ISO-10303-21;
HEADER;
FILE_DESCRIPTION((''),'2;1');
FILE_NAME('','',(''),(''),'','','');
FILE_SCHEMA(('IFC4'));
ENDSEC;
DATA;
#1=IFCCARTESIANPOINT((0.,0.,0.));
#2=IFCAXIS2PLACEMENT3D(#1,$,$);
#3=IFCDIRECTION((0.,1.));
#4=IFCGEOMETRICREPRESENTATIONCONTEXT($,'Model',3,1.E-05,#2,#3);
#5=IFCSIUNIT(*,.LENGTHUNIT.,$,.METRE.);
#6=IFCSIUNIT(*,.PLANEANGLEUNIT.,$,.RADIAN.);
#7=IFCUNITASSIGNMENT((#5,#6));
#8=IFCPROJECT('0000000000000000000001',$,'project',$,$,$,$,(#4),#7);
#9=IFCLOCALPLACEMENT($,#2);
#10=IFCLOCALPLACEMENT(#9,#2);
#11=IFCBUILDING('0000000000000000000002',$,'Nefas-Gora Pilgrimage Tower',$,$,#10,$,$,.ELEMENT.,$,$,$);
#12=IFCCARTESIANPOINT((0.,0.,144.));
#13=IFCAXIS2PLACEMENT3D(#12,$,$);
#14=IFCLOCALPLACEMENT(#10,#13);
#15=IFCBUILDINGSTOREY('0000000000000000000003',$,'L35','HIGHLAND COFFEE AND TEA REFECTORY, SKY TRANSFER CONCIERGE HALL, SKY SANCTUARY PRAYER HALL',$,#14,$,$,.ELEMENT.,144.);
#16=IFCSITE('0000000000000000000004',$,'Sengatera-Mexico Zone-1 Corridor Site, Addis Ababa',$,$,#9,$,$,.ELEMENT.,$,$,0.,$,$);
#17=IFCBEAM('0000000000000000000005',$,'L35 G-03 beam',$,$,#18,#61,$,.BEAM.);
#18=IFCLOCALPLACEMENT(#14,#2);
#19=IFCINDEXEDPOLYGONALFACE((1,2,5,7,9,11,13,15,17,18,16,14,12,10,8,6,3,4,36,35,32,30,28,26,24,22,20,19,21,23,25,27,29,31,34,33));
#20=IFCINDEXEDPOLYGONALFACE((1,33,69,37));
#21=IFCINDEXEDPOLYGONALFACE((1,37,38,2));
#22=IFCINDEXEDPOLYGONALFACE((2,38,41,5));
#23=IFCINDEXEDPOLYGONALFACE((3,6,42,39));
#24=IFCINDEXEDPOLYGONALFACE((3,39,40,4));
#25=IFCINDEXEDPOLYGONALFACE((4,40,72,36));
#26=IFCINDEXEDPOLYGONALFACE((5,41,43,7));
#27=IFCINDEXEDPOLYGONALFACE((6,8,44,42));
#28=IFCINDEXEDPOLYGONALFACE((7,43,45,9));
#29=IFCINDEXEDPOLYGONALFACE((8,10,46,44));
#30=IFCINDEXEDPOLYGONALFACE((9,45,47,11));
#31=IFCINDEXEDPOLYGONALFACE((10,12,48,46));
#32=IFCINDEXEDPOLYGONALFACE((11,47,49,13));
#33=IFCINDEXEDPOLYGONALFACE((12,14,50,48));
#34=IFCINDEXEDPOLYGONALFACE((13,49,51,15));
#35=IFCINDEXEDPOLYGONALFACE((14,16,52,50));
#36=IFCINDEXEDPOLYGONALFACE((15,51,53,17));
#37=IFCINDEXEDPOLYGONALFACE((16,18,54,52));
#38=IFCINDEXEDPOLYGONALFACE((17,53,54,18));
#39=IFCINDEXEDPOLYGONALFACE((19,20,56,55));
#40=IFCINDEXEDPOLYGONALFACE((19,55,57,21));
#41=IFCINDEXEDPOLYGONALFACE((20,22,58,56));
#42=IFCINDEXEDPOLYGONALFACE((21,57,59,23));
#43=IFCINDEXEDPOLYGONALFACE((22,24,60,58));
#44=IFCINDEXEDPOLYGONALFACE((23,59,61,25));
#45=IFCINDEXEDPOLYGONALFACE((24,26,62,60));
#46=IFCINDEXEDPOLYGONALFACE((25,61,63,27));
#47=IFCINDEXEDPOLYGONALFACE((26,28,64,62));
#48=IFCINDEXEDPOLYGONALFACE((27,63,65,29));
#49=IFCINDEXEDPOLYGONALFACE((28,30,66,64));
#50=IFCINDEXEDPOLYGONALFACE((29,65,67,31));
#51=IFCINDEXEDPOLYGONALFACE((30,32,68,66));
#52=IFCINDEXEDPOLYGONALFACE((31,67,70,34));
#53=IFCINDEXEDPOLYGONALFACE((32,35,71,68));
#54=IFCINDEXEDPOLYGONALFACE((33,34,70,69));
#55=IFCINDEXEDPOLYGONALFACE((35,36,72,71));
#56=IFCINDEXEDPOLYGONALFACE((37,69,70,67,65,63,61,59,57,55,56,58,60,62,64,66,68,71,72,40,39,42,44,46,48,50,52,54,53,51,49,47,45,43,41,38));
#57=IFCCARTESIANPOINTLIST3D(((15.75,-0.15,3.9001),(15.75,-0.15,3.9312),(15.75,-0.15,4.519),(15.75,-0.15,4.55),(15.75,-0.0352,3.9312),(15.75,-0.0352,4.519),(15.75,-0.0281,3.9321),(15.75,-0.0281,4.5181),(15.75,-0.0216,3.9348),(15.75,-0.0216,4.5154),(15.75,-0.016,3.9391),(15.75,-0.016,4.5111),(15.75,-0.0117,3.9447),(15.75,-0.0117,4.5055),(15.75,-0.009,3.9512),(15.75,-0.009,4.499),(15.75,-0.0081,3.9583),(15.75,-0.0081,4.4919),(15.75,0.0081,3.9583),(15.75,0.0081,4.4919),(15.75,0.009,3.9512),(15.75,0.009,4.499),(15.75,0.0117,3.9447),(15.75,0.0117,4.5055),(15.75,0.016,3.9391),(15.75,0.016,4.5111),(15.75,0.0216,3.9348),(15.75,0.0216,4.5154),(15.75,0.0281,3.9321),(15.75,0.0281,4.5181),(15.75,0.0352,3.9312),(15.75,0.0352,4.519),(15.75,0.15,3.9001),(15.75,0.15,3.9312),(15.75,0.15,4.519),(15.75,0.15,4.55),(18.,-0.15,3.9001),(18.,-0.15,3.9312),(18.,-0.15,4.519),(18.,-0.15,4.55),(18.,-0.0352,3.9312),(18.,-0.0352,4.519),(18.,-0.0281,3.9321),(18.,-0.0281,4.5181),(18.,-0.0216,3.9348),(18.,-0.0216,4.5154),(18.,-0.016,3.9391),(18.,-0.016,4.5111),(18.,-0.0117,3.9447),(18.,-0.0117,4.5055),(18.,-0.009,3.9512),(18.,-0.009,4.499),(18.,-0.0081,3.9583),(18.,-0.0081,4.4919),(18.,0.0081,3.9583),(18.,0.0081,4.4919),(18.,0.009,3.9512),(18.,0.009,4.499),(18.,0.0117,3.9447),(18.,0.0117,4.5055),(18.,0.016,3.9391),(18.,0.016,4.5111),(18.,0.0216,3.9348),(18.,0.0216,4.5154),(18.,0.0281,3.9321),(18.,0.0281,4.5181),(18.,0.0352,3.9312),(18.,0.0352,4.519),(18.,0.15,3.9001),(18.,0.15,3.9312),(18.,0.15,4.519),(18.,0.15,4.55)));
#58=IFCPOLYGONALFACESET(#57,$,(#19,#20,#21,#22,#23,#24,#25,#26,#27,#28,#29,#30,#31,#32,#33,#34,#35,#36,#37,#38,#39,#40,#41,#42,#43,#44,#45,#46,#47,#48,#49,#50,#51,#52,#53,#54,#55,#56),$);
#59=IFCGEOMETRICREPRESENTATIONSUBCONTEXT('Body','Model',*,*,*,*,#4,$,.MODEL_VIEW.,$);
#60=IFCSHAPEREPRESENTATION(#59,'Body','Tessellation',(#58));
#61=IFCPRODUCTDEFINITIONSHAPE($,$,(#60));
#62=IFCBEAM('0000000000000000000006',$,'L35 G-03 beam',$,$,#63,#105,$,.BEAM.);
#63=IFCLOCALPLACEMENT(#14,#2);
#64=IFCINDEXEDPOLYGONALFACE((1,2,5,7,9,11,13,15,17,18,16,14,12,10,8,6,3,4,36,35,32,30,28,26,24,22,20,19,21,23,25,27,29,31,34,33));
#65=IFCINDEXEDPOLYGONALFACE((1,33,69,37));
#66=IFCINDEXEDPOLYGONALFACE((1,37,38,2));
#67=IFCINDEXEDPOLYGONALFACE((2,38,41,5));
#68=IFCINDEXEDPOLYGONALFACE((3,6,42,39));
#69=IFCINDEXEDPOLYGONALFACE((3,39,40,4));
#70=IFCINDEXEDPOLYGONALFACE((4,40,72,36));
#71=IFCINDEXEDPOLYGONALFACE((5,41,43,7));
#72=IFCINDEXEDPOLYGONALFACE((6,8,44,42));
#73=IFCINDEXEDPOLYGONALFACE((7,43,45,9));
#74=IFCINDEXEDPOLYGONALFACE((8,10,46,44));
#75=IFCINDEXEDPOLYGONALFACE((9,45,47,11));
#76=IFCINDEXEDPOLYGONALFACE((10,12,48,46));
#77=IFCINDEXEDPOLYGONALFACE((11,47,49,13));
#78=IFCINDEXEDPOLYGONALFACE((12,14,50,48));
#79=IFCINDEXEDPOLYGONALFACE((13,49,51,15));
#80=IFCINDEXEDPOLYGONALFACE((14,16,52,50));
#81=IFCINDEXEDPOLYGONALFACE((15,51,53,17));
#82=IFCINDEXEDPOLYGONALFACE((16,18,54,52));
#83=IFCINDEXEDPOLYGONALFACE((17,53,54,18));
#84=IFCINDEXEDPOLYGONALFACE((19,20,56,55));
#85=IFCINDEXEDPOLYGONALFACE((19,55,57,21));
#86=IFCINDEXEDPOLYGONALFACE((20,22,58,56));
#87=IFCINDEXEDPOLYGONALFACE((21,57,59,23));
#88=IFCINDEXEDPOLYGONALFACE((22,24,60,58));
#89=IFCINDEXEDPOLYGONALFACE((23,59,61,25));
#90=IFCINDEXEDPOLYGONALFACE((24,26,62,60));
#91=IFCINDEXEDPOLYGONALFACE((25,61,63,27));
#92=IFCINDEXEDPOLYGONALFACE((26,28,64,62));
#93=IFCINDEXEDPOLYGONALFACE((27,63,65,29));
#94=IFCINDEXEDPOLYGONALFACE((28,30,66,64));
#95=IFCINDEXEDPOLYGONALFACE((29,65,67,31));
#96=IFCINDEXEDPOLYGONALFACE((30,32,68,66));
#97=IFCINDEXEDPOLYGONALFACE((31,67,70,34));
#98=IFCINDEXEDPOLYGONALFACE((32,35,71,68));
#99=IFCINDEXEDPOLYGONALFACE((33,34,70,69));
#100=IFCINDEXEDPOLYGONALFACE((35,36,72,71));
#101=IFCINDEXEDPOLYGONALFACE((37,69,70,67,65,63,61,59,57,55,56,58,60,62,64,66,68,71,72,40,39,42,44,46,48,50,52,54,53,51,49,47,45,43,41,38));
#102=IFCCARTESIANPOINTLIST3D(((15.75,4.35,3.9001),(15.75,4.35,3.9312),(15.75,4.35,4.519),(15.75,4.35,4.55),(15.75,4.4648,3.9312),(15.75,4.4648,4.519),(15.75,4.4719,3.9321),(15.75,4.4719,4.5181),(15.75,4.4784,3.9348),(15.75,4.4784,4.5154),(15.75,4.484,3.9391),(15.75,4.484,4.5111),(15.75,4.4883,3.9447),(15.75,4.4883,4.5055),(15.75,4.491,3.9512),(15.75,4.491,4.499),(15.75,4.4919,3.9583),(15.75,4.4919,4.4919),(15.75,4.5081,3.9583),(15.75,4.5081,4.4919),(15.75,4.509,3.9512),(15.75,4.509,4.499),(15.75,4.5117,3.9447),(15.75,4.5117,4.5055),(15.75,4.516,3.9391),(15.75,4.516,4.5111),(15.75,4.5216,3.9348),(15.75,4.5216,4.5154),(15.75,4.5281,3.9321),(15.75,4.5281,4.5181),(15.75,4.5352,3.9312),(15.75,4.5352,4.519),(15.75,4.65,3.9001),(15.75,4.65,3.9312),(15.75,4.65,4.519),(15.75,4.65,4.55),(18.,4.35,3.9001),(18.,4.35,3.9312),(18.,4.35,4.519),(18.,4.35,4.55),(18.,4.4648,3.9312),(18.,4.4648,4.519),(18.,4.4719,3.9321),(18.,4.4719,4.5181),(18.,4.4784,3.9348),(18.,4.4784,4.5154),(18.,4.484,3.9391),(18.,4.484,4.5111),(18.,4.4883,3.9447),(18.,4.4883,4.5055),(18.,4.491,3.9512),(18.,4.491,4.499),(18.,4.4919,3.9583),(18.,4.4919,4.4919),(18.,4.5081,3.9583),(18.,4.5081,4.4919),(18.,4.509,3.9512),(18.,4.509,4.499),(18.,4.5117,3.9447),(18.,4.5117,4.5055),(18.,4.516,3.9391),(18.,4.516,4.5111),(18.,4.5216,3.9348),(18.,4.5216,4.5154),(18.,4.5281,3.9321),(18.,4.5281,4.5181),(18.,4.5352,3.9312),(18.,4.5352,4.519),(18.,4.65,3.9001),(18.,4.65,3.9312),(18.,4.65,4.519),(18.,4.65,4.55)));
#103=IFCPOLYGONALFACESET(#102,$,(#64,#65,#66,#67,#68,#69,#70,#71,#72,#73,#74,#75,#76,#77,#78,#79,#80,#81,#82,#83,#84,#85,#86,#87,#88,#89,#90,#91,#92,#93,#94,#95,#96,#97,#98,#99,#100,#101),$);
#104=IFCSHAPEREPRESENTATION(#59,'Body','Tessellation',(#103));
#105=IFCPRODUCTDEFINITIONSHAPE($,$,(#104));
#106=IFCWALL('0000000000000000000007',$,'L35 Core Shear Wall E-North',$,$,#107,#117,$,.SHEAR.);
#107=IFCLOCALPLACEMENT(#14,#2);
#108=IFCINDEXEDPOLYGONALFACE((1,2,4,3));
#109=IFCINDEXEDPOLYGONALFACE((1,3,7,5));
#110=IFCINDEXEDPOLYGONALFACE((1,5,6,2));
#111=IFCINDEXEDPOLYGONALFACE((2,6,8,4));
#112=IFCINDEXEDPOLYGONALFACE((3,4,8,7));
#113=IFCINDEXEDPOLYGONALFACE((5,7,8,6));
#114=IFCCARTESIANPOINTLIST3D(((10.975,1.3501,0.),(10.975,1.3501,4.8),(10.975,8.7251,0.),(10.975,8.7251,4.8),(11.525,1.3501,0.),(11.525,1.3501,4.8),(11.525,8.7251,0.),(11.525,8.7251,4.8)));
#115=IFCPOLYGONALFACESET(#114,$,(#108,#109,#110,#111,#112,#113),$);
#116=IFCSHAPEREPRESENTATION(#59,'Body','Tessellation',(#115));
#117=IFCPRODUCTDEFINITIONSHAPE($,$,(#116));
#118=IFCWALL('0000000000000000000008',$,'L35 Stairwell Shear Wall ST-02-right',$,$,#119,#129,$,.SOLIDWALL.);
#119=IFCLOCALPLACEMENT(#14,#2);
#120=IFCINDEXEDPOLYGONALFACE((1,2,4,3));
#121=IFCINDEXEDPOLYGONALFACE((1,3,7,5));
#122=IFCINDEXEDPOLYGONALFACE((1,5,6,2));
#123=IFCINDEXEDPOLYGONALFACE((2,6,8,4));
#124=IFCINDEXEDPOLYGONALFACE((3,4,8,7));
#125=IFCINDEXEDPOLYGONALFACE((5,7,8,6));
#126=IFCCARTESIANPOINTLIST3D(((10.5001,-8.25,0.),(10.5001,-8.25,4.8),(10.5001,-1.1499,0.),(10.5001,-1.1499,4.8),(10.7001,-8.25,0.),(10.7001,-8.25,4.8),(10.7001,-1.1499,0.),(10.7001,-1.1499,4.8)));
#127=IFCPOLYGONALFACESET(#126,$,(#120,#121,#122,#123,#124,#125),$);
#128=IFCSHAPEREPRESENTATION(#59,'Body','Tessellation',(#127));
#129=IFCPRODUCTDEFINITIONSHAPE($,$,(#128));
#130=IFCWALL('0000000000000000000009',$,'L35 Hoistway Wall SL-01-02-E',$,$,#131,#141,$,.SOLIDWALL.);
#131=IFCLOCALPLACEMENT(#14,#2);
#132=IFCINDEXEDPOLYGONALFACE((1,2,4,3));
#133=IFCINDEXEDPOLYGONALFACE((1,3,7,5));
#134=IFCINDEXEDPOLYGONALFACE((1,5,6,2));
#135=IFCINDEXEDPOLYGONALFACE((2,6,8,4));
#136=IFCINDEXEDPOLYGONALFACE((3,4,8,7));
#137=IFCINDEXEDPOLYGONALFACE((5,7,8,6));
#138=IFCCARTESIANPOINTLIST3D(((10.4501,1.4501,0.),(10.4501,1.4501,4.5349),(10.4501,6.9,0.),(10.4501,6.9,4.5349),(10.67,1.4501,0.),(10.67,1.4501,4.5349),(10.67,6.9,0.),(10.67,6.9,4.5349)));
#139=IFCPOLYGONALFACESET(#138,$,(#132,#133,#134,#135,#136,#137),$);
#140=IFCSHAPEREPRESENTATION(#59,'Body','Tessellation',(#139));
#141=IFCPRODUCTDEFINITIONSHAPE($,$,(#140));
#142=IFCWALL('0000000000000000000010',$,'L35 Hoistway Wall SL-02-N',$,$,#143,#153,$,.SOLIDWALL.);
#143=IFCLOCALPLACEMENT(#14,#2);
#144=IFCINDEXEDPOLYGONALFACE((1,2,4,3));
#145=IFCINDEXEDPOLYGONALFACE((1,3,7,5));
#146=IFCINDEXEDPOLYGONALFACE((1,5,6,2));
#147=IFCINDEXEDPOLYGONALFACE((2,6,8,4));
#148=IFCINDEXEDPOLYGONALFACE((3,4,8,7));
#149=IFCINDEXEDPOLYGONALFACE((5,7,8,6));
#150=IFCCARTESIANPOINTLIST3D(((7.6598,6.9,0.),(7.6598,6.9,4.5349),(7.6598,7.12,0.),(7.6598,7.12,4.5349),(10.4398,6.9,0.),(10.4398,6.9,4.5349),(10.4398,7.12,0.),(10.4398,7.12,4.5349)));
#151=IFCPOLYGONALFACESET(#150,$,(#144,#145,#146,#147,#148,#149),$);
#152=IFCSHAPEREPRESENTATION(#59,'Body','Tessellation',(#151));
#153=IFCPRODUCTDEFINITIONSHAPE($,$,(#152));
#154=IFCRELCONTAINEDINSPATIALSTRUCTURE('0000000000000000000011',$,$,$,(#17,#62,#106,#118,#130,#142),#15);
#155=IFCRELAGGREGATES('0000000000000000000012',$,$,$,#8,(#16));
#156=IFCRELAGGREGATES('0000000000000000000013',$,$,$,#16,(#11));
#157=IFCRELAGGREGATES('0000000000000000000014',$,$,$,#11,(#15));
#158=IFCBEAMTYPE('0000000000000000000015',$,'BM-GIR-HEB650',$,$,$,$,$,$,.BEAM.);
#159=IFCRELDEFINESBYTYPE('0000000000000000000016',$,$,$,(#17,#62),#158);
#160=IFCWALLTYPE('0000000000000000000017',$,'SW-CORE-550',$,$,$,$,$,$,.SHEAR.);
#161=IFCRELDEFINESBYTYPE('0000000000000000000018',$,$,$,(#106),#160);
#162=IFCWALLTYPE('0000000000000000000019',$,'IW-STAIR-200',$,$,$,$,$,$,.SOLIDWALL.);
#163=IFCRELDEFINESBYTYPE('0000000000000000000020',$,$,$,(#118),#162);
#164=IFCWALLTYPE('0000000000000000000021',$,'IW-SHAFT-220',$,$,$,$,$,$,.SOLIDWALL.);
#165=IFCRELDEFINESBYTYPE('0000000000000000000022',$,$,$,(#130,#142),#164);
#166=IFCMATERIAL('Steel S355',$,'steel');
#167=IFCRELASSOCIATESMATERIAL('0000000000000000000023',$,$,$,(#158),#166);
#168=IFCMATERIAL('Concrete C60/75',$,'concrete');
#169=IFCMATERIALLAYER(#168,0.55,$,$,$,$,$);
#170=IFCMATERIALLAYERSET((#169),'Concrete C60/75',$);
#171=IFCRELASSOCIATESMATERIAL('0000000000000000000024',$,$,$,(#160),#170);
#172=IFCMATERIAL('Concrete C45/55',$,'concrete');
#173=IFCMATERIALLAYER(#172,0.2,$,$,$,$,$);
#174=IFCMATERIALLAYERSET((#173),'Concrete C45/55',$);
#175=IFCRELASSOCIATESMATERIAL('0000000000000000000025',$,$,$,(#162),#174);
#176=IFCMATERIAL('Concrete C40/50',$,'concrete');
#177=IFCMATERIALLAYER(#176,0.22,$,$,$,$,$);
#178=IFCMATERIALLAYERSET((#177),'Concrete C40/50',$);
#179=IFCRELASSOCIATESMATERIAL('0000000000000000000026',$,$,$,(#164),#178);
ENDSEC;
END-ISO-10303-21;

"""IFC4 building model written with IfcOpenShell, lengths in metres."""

from ifc_helpers import new_model, si_unit, direction, frame, frame_2d, origin, origin_2d, place, context, subcontext, project, spatial, rectangle, i_section, extrude, source, transform, mapped, material, layer, layer_set, material_profile, profile_set, type_object, element, save


model = new_model("IFC4")

# Units and contexts
model_context = context("Model", 3, precision=1e-05, world=origin(), true_north=direction((0.0, 1.0)))
body_context = subcontext(model_context, "Body", "Model", "MODEL_VIEW")
ifc_project = project(units=[si_unit("LENGTHUNIT", "METRE"), si_unit("PLANEANGLEUNIT", "RADIAN")], contexts=[model_context])

# Site, building, storey
site_placement = place(None, origin())
site = spatial("IfcSite", under=ifc_project, at=site_placement, Name="Sengatera-Mexico Zone-1 Corridor Site, Addis Ababa", CompositionType="ELEMENT", RefElevation=0.0)
building_placement = place(site_placement, origin())
building = spatial("IfcBuilding", under=site, at=building_placement, Name="Nefas-Gora Pilgrimage Tower", CompositionType="ELEMENT")
storey_placement = place(building_placement, frame((0.0, 0.0, 144.0)))
storey = spatial("IfcBuildingStorey", under=building, at=storey_placement, Name="L35", Description="HIGHLAND COFFEE AND TEA REFECTORY, SKY TRANSFER CONCIERGE HALL, SKY SANCTUARY PRAYER HALL", CompositionType="ELEMENT", Elevation=144.0)

# Beams
ifc_material_1 = material(Name="Steel S355", Category="steel")
ifc_material_profile_1 = material_profile(ifc_material_1, i_section(OverallWidth=0.3, OverallDepth=0.6499, WebThickness=0.0161, FlangeThickness=0.031, FilletRadius=0.0271, at=origin_2d()), Name="HEB 650")
ifc_profile_set_1 = profile_set([ifc_material_profile_1], Name="Steel S355")
beam_type = type_object("IfcBeamType", Name="BM-GIR-HEB650", PredefinedType="BEAM", material=ifc_profile_set_1)
shared_shape_1 = source(origin(), body_context, "Body", "SweptSolid", [
    extrude(i_section(OverallWidth=0.3, OverallDepth=0.6499, WebThickness=0.0161, FlangeThickness=0.031, FilletRadius=0.0271, at=origin_2d()), origin(), (0.0, 0.0, 1.0), 2.25),
])
for number, where, z_axis, x_axis, name in (
    (1, (15.75, 0.0, 4.2251), (1.0, 0.0, 0.0), (0.0, 1.0, 0.0), "L35 G-03 beam"),
    (2, (15.75, 4.5, 4.2251), (1.0, 0.0, 0.0), (0.0, 1.0, 0.0), "L35 G-03 beam"),
):
    element("IfcBeam", number, at=place(storey_placement, frame(where, z_axis=z_axis, x_axis=x_axis)), inside=storey, type_object=beam_type, Name=name, PredefinedType="BEAM", context=body_context, shape_type="MappedRepresentation", body=[
        mapped(shared_shape_1, transform((0.0, 0.0, 0.0), x_axis=(1.0, 0.0, 0.0), y_axis=(0.0, 1.0, 0.0), z_axis=(0.0, 0.0, 1.0), scale=1.0)),
    ])

# Walls
ifc_material_2 = material(Name="Concrete C60/75", Category="concrete")
ifc_layer_1 = layer(ifc_material_2, 0.55)
ifc_layer_set_1 = layer_set([ifc_layer_1], Name="Concrete C60/75")
wall_type_1 = type_object("IfcWallType", Name="SW-CORE-550", PredefinedType="SHEAR", material=ifc_layer_set_1)
shared_shape_2 = source(origin(), body_context, "Body", "SweptSolid", [
    extrude(rectangle(XDim=7.375, YDim=0.55, at=frame_2d((3.6875, 0.0))), origin(), (0.0, 0.0, 1.0), 4.8),
])
wall_1_placement = place(storey_placement, frame((11.25, 1.3501, 0.0), z_axis=(0.0, 0.0, 1.0), x_axis=(0.0, 1.0, 0.0)))
element("IfcWall", 3, at=wall_1_placement, inside=storey, type_object=wall_type_1, Name="L35 Core Shear Wall E-North", PredefinedType="SHEAR", context=body_context, shape_type="MappedRepresentation", body=[
    mapped(shared_shape_2, transform((0.0, 0.0, 0.0), x_axis=(1.0, 0.0, 0.0), y_axis=(0.0, 1.0, 0.0), z_axis=(0.0, 0.0, 1.0), scale=1.0)),
])
ifc_material_3 = material(Name="Concrete C45/55", Category="concrete")
ifc_layer_2 = layer(ifc_material_3, 0.2)
ifc_layer_set_2 = layer_set([ifc_layer_2], Name="Concrete C45/55")
wall_type_2 = type_object("IfcWallType", Name="IW-STAIR-200", PredefinedType="SOLIDWALL", material=ifc_layer_set_2)
shared_shape_3 = source(origin(), body_context, "Body", "SweptSolid", [
    extrude(rectangle(XDim=7.1001, YDim=0.2, at=frame_2d((3.55, 0.0))), origin(), (0.0, 0.0, 1.0), 4.8),
])
wall_2_placement = place(storey_placement, frame((10.6001, -1.1499, 0.0), z_axis=(0.0, 0.0, 1.0), x_axis=(0.0, -1.0, 0.0)))
element("IfcWall", 4, at=wall_2_placement, inside=storey, type_object=wall_type_2, Name="L35 Stairwell Shear Wall ST-02-right", PredefinedType="SOLIDWALL", context=body_context, shape_type="MappedRepresentation", body=[
    mapped(shared_shape_3, transform((0.0, 0.0, 0.0), x_axis=(1.0, 0.0, 0.0), y_axis=(0.0, 1.0, 0.0), z_axis=(0.0, 0.0, 1.0), scale=1.0)),
])
ifc_material_4 = material(Name="Concrete C40/50", Category="concrete")
ifc_layer_3 = layer(ifc_material_4, 0.22)
ifc_layer_set_3 = layer_set([ifc_layer_3], Name="Concrete C40/50")
wall_type_3 = type_object("IfcWallType", Name="IW-SHAFT-220", PredefinedType="SOLIDWALL", material=ifc_layer_set_3)
shared_shape_4 = source(origin(), body_context, "Body", "SweptSolid", [
    extrude(rectangle(XDim=5.45, YDim=0.22, at=frame_2d((2.7251, 0.0))), origin(), (0.0, 0.0, 1.0), 4.5349),
])
wall_3_placement = place(storey_placement, frame((10.5601, 1.45, 0.0), z_axis=(0.0, 0.0, 1.0), x_axis=(0.0, 1.0, 0.0)))
element("IfcWall", 5, at=wall_3_placement, inside=storey, type_object=wall_type_3, Name="L35 Hoistway Wall SL-01-02-E", PredefinedType="SOLIDWALL", context=body_context, shape_type="MappedRepresentation", body=[
    mapped(shared_shape_4, transform((0.0, 0.0, 0.0), x_axis=(1.0, 0.0, 0.0), y_axis=(0.0, 1.0, 0.0), z_axis=(0.0, 0.0, 1.0), scale=1.0)),
])
shared_shape_5 = source(origin(), body_context, "Body", "SweptSolid", [
    extrude(rectangle(XDim=2.78, YDim=0.22, at=frame_2d((1.3901, 0.0))), origin(), (0.0, 0.0, 1.0), 4.5349),
])
wall_4_placement = place(storey_placement, frame((10.4399, 7.01, 0.0), z_axis=(0.0, 0.0, 1.0), x_axis=(-1.0, 0.0, 0.0)))
element("IfcWall", 6, at=wall_4_placement, inside=storey, type_object=wall_type_3, Name="L35 Hoistway Wall SL-02-N", PredefinedType="SOLIDWALL", context=body_context, shape_type="MappedRepresentation", body=[
    mapped(shared_shape_5, transform((0.0, 0.0, 0.0), x_axis=(1.0, 0.0, 0.0), y_axis=(0.0, 1.0, 0.0), z_axis=(0.0, 0.0, 1.0), scale=1.0)),
])

save(model, "model.ifc")
